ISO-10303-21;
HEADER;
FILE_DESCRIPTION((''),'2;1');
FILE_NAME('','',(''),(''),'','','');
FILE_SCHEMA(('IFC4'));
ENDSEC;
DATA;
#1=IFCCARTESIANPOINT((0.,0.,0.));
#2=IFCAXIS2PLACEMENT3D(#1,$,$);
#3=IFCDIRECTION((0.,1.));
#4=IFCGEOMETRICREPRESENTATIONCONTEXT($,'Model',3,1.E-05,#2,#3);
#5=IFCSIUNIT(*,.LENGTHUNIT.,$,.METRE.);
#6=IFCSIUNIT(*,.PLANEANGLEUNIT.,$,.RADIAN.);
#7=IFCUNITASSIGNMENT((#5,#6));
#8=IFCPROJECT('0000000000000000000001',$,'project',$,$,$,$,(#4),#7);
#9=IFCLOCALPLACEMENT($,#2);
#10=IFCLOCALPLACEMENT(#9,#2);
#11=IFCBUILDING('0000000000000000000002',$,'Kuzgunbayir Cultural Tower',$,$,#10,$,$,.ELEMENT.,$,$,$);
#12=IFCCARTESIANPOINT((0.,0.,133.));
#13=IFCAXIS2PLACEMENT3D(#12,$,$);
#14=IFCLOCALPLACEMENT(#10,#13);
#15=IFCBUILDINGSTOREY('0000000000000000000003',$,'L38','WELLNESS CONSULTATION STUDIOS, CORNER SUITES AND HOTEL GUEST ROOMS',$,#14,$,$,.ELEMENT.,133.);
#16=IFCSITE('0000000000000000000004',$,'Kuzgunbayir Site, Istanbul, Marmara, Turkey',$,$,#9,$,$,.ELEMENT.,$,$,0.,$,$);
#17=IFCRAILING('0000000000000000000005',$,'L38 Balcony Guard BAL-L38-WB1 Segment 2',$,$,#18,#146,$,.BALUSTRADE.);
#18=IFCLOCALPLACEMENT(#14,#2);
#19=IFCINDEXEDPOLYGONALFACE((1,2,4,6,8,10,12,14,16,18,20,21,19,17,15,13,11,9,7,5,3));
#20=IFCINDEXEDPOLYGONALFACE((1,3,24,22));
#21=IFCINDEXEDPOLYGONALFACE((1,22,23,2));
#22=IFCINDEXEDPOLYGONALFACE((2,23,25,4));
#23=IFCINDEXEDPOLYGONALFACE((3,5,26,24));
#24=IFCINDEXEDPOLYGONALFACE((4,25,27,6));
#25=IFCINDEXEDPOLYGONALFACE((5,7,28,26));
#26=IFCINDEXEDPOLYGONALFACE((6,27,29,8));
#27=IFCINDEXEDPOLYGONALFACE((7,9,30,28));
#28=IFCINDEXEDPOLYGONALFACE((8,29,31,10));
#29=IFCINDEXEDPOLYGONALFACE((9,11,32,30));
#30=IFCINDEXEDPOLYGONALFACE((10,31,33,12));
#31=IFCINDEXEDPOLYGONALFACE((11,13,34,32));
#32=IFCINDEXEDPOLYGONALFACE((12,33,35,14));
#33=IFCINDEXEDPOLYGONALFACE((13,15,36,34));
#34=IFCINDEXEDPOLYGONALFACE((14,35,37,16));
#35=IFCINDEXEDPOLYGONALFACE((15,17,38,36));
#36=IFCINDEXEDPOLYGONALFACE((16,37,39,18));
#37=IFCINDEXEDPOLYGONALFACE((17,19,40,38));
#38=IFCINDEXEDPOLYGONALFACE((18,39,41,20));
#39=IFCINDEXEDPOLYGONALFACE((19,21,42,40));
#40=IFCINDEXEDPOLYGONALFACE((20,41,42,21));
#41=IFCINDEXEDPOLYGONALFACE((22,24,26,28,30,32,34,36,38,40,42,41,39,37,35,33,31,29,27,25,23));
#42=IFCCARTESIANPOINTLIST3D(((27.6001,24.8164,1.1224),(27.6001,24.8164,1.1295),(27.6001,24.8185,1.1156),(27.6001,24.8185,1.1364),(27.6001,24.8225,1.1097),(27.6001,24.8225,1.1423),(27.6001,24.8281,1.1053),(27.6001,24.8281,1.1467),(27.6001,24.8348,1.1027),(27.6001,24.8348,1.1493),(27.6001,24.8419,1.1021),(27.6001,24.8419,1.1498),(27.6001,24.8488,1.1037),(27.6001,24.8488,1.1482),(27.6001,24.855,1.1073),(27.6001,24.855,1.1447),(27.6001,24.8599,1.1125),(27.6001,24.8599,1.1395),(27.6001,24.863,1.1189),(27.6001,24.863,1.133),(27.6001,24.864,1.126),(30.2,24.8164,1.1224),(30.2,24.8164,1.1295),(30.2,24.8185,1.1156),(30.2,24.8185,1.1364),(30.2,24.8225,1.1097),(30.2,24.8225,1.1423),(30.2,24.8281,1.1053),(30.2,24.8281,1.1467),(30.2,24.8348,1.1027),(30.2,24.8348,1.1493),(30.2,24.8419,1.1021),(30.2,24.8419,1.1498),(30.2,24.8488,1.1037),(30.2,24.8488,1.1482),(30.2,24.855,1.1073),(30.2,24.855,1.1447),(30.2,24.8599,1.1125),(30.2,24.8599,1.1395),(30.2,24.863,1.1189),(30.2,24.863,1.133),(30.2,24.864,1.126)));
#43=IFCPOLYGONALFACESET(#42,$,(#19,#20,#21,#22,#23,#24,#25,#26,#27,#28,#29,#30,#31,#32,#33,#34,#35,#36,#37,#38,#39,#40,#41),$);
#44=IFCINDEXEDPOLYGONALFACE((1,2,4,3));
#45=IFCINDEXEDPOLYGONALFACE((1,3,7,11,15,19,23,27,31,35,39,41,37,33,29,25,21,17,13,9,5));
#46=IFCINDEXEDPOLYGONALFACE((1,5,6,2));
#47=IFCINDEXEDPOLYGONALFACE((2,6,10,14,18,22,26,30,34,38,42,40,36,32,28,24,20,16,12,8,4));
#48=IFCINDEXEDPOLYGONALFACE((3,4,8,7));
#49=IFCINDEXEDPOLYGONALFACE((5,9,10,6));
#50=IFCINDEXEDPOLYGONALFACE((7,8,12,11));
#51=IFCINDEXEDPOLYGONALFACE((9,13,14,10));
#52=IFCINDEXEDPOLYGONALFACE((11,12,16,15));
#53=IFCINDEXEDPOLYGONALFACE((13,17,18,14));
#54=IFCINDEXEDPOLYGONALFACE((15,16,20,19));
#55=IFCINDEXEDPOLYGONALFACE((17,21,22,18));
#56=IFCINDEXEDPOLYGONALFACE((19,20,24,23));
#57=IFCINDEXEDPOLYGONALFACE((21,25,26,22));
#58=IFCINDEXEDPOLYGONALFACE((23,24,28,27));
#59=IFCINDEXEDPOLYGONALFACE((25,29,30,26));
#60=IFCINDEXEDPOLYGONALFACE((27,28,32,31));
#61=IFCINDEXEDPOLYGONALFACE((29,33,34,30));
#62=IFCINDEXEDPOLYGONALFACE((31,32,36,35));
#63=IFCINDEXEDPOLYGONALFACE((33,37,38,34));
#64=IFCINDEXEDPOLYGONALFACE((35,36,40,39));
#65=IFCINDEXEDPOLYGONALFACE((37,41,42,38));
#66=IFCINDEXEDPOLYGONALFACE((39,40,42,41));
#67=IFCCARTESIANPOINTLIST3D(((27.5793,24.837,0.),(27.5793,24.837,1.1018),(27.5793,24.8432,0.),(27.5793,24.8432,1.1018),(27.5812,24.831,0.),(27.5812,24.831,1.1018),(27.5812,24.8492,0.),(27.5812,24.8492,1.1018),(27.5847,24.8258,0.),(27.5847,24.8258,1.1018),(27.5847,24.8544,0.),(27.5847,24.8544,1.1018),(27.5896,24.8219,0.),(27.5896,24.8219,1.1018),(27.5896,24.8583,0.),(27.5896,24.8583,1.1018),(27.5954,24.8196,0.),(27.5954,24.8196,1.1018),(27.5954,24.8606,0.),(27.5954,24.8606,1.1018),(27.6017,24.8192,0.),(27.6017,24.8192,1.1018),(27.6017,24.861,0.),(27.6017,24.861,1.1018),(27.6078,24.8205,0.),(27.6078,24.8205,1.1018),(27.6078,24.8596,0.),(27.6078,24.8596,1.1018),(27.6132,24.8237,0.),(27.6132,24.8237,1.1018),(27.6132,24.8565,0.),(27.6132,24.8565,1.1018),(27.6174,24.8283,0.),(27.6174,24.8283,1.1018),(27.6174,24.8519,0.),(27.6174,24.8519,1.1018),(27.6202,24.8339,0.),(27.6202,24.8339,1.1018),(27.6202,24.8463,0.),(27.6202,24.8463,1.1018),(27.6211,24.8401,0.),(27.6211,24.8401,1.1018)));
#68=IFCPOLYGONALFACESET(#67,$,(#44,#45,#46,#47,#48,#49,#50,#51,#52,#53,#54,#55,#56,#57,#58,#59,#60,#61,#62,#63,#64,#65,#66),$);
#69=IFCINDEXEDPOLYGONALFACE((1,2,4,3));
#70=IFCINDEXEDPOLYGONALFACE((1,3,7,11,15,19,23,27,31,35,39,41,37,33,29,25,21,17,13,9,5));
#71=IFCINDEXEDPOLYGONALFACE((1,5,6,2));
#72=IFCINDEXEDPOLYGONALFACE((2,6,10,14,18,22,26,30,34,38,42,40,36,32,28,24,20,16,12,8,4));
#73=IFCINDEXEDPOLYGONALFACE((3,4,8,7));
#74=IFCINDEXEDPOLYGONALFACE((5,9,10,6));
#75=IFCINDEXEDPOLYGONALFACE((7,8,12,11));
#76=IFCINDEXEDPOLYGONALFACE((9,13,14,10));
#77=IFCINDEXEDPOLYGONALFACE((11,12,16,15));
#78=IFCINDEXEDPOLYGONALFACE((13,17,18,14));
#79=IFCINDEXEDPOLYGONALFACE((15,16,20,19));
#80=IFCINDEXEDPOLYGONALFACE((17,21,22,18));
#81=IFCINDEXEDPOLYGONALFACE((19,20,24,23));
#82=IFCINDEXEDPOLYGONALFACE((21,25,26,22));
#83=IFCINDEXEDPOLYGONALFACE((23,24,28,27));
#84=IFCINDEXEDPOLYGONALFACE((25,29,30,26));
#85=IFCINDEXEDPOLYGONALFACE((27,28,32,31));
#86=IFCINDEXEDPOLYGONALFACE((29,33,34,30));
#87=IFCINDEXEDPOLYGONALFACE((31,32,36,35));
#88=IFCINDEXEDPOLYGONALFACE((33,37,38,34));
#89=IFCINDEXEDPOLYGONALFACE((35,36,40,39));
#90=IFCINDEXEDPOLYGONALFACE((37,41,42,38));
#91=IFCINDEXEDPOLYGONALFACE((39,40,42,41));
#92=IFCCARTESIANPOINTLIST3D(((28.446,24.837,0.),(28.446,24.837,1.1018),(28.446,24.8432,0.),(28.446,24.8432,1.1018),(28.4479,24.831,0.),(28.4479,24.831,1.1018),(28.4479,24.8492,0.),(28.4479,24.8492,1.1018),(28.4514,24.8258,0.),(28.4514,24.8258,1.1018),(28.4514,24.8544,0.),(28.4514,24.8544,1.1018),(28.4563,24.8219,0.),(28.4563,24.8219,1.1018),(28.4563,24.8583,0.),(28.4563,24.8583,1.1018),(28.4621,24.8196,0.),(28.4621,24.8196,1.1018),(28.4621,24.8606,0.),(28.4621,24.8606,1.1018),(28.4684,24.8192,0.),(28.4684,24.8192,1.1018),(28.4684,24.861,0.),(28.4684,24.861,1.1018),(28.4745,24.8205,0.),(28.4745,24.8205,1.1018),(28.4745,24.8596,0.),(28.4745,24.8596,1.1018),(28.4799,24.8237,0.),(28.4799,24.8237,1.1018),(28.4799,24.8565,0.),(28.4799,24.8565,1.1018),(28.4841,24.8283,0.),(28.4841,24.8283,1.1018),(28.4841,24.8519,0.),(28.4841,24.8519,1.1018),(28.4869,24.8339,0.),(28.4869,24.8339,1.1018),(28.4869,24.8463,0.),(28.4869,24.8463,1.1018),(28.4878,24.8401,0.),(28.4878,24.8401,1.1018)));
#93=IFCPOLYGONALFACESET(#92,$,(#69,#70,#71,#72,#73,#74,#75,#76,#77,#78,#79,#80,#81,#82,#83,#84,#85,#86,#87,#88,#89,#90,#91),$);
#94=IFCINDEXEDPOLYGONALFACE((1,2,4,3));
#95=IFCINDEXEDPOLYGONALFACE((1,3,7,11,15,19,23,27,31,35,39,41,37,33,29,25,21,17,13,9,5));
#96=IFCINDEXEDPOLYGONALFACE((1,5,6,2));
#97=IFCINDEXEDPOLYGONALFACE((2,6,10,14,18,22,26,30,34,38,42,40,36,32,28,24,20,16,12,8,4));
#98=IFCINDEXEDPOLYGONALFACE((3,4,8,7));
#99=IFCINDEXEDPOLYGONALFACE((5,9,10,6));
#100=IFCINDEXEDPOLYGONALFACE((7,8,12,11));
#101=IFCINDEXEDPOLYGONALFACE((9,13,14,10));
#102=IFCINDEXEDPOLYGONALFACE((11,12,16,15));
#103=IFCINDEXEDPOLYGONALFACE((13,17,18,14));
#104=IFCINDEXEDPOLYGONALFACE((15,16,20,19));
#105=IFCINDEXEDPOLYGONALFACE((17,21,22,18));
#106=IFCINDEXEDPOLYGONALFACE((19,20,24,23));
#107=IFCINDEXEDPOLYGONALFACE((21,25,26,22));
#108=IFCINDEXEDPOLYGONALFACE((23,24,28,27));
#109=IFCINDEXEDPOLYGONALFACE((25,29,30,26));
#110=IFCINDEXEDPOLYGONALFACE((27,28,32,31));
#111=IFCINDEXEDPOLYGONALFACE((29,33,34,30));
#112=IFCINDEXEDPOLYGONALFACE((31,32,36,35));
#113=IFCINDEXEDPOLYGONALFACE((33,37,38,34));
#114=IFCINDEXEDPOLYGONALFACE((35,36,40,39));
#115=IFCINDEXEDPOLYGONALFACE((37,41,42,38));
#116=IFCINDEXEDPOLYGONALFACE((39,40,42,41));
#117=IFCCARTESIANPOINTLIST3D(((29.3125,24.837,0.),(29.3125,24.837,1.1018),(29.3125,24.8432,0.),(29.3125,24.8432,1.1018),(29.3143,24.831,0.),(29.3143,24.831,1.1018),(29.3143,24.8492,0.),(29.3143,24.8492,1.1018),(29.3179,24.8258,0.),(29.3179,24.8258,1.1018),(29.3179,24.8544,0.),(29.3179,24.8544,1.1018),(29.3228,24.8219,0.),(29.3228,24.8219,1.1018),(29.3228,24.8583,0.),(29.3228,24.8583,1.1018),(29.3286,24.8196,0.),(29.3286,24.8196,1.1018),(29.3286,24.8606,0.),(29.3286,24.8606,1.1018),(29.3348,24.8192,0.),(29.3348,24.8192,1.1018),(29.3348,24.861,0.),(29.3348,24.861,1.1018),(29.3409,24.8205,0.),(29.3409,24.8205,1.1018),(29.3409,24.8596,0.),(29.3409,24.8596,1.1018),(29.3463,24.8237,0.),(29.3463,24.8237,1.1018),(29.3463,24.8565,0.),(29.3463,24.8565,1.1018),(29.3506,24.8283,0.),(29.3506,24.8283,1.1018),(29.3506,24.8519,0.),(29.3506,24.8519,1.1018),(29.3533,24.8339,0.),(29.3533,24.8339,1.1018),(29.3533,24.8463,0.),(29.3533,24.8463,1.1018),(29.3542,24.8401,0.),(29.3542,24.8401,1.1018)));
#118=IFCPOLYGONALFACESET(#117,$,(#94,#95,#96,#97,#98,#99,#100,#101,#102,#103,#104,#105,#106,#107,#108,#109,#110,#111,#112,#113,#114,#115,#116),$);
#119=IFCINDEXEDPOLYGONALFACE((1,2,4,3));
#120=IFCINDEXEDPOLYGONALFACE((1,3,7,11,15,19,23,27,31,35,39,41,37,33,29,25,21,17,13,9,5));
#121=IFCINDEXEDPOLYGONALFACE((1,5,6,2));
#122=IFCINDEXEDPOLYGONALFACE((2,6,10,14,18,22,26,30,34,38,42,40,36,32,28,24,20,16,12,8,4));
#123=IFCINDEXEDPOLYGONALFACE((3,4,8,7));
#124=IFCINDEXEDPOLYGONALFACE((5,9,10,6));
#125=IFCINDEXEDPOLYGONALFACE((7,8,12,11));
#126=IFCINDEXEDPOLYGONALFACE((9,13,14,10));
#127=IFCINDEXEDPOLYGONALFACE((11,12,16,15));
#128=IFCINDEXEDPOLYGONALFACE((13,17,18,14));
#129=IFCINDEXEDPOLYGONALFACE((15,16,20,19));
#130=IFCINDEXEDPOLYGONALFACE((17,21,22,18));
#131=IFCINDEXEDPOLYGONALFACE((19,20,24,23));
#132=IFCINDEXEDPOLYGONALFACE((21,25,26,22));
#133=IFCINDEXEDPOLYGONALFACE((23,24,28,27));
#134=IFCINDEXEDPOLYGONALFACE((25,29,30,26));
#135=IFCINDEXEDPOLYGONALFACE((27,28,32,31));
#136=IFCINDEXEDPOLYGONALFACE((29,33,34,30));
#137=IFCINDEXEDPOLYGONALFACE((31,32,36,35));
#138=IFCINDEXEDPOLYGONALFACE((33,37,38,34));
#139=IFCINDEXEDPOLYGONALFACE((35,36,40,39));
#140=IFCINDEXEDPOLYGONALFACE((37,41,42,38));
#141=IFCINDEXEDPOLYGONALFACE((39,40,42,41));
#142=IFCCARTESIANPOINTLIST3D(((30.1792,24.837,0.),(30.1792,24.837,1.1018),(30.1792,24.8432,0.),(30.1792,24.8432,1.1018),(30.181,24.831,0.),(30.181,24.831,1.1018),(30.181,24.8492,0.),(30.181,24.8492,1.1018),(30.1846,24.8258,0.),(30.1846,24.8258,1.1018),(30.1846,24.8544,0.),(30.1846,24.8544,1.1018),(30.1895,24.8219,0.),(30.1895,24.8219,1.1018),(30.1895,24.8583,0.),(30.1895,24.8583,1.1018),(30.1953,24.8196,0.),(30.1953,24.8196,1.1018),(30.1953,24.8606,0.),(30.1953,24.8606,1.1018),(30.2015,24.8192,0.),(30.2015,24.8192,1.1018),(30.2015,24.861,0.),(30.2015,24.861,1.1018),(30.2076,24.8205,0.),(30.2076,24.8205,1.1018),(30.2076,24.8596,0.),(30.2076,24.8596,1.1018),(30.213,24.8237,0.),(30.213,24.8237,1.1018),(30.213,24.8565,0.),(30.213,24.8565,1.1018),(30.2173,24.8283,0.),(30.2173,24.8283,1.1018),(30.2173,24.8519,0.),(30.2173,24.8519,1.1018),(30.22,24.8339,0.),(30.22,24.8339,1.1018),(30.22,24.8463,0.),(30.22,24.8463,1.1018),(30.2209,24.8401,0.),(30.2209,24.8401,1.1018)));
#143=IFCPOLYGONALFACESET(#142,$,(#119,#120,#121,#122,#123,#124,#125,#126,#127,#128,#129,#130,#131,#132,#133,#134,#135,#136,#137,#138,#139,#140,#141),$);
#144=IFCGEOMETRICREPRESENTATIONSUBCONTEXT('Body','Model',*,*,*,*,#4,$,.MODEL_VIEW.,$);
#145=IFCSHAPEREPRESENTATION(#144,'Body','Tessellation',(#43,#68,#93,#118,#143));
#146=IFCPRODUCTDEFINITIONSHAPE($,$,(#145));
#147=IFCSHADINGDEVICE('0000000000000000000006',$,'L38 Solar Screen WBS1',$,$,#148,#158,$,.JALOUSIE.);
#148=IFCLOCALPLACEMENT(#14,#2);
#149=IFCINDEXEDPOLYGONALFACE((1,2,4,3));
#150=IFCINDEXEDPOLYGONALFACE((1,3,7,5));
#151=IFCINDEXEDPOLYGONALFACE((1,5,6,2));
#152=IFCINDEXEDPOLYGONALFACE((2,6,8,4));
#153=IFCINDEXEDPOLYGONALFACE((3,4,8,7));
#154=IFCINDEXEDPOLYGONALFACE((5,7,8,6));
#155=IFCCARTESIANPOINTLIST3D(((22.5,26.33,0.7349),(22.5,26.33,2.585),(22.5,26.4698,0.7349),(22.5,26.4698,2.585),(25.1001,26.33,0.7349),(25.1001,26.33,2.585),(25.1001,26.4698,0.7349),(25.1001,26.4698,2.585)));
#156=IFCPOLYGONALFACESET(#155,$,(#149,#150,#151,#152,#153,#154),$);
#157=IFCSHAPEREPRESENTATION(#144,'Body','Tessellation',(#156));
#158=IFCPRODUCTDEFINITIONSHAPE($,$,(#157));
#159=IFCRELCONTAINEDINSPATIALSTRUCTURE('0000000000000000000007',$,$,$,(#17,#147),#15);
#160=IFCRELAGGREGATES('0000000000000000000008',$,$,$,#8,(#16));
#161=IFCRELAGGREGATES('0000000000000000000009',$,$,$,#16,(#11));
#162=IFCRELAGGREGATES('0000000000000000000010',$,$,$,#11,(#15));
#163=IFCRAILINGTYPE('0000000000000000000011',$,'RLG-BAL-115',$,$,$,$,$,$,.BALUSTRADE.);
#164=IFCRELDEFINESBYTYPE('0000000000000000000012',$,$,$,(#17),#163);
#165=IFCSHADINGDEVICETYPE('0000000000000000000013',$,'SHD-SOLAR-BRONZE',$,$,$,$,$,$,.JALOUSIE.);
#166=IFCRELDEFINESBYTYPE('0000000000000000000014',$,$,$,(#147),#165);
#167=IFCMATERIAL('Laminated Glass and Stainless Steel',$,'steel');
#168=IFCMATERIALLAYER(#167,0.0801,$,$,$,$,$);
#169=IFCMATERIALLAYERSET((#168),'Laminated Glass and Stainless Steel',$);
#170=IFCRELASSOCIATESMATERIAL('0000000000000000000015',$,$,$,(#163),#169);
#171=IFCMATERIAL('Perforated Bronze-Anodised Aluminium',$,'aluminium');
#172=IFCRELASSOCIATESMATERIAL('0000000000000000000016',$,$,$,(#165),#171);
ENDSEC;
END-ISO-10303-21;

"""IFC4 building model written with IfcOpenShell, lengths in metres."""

from ifc_helpers import new_model, si_unit, direction, frame, origin, origin_2d, place, context, subcontext, project, spatial, rectangle, circle, extrude, material, layer, layer_set, type_object, element, save


model = new_model("IFC4")

# Units and contexts
model_context = context("Model", 3, precision=1e-05, world=origin(), true_north=direction((0.0, 1.0)))
body_context = subcontext(model_context, "Body", "Model", "MODEL_VIEW")
ifc_project = project(units=[si_unit("LENGTHUNIT", "METRE"), si_unit("PLANEANGLEUNIT", "RADIAN")], contexts=[model_context])

# Site, building, storey
site_placement = place(None, origin())
site = spatial("IfcSite", under=ifc_project, at=site_placement, Name="Kuzgunbayir Site, Istanbul, Marmara, Turkey", CompositionType="ELEMENT", RefElevation=0.0)
building_placement = place(site_placement, origin())
building = spatial("IfcBuilding", under=site, at=building_placement, Name="Kuzgunbayir Cultural Tower", CompositionType="ELEMENT")
storey_placement = place(building_placement, frame((0.0, 0.0, 133.0)))
storey = spatial("IfcBuildingStorey", under=building, at=storey_placement, Name="L38", Description="WELLNESS CONSULTATION STUDIOS, CORNER SUITES AND HOTEL GUEST ROOMS", CompositionType="ELEMENT", Elevation=133.0)

# Railing
ifc_material_1 = material(Name="Laminated Glass and Stainless Steel", Category="steel")
ifc_layer_1 = layer(ifc_material_1, 0.0801)
ifc_layer_set_1 = layer_set([ifc_layer_1], Name="Laminated Glass and Stainless Steel")
railing_type = type_object("IfcRailingType", Name="RLG-BAL-115", PredefinedType="BALUSTRADE", material=ifc_layer_set_1)
railing_1_placement = place(storey_placement, frame((27.6001, 24.8401, 0.0)))
element("IfcRailing", 1, at=railing_1_placement, inside=storey, type_object=railing_type, Name="L38 Balcony Guard BAL-L38-WB1 Segment 2", PredefinedType="BALUSTRADE", context=body_context, shape_type="SweptSolid", body=[
    extrude(circle(Radius=0.0239, at=origin_2d()), frame((0.0, 0.0, 1.126), z_axis=(1.0, 0.0, 0.0), x_axis=(0.0, 1.0, 0.0)), (0.0, 0.0, 1.0), 2.5999),
    extrude(circle(Radius=0.021, at=origin_2d()), origin(), (0.0, 0.0, 1.0), 1.1018),
    extrude(circle(Radius=0.021, at=origin_2d()), frame((0.8667, 0.0, 0.0)), (0.0, 0.0, 1.0), 1.1018),
    extrude(circle(Radius=0.021, at=origin_2d()), frame((1.7332, 0.0, 0.0)), (0.0, 0.0, 1.0), 1.1018),
    extrude(circle(Radius=0.021, at=origin_2d()), frame((2.5999, 0.0, 0.0)), (0.0, 0.0, 1.0), 1.1018),
])

# Shading device
ifc_material_2 = material(Name="Perforated Bronze-Anodised Aluminium", Category="aluminium")
shading_device_type = type_object("IfcShadingDeviceType", Name="SHD-SOLAR-BRONZE", PredefinedType="JALOUSIE", material=ifc_material_2)
shading_device_placement = place(storey_placement, frame((23.8, 26.3999, 0.7349), z_axis=(0.0, 0.0, 1.0), x_axis=(1.0, 0.0, 0.0)))
element("IfcShadingDevice", 2, at=shading_device_placement, inside=storey, type_object=shading_device_type, Name="L38 Solar Screen WBS1", PredefinedType="JALOUSIE", context=body_context, shape_type="SweptSolid", body=[
    extrude(rectangle(XDim=2.6001, YDim=0.1399, at=origin_2d()), origin(), (0.0, 0.0, 1.0), 1.8501),
])

save(model, "model.ifc")
